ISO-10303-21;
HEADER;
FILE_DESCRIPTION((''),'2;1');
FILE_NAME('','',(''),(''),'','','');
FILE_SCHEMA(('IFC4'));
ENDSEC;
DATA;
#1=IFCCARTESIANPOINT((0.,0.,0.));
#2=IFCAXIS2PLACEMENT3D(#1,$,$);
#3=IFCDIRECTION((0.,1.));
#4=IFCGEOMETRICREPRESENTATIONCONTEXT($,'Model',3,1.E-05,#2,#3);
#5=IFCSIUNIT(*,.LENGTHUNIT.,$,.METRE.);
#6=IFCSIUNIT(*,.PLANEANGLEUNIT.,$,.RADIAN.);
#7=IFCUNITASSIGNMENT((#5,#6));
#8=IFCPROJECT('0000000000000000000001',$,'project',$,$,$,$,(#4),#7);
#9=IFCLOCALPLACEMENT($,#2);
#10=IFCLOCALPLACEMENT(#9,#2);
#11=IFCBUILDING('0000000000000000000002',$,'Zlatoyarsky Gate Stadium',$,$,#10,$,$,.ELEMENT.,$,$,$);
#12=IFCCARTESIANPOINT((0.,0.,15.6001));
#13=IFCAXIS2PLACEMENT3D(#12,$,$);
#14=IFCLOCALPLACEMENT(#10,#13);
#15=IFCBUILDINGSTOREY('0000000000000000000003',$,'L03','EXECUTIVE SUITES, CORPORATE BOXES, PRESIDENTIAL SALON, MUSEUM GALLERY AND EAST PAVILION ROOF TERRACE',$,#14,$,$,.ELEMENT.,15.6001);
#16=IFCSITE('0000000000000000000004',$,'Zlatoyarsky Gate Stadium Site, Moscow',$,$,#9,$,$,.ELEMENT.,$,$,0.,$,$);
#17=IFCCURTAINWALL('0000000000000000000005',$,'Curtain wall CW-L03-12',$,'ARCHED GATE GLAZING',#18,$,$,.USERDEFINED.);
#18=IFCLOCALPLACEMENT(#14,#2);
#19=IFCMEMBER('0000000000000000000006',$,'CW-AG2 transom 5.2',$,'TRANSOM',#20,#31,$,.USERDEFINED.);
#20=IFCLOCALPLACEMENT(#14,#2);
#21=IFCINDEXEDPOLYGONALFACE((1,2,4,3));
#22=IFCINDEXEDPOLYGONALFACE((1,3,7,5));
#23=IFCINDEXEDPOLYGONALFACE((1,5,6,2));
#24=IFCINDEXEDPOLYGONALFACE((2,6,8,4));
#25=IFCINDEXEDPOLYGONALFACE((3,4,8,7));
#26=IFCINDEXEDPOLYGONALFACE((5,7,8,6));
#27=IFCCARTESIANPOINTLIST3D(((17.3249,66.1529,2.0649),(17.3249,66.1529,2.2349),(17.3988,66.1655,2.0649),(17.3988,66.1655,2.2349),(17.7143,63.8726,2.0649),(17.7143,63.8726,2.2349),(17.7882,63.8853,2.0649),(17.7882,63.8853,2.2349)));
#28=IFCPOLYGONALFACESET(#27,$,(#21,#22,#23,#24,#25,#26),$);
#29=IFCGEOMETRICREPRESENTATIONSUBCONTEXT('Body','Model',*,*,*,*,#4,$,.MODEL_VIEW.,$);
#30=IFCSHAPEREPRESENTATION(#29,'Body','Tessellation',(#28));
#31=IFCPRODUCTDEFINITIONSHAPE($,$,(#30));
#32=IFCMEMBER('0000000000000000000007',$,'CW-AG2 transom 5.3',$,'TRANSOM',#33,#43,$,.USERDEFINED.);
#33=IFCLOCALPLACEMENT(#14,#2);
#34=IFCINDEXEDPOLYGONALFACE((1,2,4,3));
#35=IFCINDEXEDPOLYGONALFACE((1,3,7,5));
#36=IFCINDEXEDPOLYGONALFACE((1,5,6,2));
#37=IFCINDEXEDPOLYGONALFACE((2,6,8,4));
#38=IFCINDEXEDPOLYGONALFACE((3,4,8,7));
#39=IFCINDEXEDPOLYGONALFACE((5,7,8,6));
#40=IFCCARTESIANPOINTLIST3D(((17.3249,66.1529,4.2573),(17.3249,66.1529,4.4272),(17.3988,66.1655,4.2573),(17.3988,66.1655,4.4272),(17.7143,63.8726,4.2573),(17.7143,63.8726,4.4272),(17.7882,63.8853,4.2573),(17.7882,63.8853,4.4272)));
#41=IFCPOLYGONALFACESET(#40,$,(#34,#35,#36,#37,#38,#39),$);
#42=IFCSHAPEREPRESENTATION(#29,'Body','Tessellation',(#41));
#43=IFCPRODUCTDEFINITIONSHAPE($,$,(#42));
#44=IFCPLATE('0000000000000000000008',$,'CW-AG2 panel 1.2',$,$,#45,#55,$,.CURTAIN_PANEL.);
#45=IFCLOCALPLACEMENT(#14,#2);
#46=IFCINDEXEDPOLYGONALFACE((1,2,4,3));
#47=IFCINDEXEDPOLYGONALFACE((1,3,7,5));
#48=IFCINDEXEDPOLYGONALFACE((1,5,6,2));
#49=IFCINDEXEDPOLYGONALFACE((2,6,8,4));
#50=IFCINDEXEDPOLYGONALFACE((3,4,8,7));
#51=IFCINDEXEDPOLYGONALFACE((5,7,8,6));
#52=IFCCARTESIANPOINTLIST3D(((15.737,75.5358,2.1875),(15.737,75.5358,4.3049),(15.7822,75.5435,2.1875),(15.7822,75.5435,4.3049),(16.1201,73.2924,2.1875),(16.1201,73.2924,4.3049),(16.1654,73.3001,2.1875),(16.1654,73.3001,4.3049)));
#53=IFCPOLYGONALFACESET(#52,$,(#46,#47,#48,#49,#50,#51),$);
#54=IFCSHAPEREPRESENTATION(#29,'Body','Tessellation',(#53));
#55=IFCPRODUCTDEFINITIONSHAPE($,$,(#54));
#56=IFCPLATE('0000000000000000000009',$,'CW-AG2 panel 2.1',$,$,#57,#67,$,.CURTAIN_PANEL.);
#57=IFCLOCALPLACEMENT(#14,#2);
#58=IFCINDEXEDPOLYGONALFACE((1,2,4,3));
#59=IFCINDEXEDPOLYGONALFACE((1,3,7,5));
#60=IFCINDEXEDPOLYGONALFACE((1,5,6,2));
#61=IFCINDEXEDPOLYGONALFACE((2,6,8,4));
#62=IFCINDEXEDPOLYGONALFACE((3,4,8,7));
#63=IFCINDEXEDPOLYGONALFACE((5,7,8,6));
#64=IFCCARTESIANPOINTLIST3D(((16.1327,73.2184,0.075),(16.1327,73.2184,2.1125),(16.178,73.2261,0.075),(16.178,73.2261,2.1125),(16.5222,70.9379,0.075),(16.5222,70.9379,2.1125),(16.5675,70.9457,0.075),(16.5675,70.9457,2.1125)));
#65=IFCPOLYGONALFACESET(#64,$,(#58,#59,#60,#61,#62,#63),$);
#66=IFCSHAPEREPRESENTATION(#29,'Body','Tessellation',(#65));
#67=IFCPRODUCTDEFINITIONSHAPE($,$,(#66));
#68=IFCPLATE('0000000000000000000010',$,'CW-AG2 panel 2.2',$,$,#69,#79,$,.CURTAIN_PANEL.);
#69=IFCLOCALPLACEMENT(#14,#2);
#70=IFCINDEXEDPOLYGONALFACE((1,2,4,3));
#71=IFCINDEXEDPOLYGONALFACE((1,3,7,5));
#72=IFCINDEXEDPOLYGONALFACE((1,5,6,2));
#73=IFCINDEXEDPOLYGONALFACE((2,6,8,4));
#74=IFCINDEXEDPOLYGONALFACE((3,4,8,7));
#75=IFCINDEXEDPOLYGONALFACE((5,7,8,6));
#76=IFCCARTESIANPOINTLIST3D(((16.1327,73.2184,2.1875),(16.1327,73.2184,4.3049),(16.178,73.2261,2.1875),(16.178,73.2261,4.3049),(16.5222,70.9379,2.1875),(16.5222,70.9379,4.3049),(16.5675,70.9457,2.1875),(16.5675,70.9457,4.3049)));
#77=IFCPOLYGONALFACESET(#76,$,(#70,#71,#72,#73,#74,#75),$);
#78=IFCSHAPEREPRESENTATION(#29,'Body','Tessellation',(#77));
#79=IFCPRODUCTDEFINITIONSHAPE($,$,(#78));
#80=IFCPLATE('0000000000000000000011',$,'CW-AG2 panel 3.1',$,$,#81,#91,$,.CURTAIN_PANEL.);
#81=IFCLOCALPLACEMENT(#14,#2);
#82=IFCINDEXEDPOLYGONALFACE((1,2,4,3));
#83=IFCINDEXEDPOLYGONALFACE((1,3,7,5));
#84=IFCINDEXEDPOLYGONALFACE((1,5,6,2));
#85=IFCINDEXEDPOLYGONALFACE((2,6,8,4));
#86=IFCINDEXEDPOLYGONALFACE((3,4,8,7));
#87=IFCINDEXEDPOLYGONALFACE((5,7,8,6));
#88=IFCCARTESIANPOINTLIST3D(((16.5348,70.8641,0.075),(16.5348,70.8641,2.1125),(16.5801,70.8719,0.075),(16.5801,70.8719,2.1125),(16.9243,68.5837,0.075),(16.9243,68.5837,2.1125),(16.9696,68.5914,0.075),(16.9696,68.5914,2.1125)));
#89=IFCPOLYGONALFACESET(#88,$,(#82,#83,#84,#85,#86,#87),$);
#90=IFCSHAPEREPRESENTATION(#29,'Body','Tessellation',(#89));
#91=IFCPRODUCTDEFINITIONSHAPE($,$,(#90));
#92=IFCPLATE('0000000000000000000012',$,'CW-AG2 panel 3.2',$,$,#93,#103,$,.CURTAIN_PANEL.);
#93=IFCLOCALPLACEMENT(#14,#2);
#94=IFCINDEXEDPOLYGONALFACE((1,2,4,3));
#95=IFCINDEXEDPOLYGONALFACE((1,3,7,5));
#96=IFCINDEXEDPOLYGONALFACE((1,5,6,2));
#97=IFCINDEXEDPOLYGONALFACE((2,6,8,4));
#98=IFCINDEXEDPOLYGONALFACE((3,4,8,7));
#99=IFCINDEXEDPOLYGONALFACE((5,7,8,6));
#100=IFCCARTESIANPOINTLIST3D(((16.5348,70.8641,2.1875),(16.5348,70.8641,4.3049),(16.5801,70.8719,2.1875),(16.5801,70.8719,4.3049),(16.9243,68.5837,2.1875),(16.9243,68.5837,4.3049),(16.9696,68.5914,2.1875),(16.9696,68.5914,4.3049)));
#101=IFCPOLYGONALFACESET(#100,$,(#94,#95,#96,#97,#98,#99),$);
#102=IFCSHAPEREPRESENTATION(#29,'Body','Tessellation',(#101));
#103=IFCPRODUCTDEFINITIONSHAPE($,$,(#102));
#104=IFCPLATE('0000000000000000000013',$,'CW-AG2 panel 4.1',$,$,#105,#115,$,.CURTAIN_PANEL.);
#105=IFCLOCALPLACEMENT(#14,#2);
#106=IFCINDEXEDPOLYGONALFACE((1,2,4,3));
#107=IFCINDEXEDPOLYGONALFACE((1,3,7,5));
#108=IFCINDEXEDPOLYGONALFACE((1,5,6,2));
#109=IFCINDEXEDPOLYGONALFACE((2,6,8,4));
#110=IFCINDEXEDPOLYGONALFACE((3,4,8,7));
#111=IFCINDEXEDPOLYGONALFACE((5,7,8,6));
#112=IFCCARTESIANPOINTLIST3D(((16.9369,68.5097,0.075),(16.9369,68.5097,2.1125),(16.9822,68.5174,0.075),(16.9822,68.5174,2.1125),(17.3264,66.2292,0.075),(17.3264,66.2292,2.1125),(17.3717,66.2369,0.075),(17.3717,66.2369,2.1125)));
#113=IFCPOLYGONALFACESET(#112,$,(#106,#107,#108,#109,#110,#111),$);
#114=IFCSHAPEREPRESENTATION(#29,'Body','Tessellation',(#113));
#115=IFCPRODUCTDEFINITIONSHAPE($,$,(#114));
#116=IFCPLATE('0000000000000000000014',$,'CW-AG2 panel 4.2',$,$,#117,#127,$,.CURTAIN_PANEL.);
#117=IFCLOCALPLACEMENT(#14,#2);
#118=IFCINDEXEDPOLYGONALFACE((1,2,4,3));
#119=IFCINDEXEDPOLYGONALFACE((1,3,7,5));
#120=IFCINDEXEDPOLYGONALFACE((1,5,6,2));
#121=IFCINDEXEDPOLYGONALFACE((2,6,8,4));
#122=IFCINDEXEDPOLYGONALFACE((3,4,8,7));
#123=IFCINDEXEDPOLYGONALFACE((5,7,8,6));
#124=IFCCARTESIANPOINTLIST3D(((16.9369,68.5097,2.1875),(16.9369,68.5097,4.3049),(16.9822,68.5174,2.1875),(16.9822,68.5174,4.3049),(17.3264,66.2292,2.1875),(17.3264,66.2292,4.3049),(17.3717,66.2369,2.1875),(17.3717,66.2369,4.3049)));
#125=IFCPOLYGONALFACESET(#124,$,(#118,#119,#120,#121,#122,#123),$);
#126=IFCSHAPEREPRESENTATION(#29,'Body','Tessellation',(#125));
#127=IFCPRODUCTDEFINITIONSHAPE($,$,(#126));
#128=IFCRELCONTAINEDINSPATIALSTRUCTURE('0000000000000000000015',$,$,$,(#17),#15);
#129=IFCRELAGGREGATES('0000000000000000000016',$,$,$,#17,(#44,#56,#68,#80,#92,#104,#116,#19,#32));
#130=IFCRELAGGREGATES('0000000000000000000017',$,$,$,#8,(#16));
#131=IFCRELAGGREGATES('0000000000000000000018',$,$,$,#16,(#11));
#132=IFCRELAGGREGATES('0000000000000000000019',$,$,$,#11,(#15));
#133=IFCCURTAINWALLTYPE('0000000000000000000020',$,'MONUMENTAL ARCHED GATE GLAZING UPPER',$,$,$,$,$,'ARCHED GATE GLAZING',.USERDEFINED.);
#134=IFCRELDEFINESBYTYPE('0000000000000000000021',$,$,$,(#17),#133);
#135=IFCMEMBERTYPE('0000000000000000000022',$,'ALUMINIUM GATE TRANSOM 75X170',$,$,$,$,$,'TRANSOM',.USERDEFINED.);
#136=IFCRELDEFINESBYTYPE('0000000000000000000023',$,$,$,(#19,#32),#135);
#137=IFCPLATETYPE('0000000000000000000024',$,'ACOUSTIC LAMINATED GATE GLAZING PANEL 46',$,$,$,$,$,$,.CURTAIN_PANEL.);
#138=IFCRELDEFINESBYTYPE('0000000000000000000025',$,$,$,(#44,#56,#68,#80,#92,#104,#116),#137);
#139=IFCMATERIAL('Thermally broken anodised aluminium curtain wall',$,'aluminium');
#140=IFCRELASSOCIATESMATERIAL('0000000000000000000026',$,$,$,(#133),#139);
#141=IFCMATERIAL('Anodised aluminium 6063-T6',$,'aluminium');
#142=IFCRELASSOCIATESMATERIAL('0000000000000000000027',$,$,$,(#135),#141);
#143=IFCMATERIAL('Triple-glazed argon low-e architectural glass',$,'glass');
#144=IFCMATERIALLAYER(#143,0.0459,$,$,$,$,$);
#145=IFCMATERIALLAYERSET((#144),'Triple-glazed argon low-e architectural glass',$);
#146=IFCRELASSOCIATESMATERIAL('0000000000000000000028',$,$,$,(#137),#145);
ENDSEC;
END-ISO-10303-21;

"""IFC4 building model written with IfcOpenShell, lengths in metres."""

from ifc_helpers import new_model, si_unit, direction, frame, origin, origin_2d, place, context, subcontext, project, spatial, rectangle, extrude, material, layer, layer_set, material_profile, profile_set, type_object, element, aggregate, save


model = new_model("IFC4")

# Units and contexts
model_context = context("Model", 3, precision=1e-05, world=origin(), true_north=direction((0.0, 1.0)))
body_context = subcontext(model_context, "Body", "Model", "MODEL_VIEW")
ifc_project = project(units=[si_unit("LENGTHUNIT", "METRE"), si_unit("PLANEANGLEUNIT", "RADIAN")], contexts=[model_context])

# Site, building, storey
site_placement = place(None, origin())
site = spatial("IfcSite", under=ifc_project, at=site_placement, Name="Zlatoyarsky Gate Stadium Site, Moscow", CompositionType="ELEMENT", RefElevation=0.0)
building_placement = place(site_placement, origin())
building = spatial("IfcBuilding", under=site, at=building_placement, Name="Zlatoyarsky Gate Stadium", CompositionType="ELEMENT")
storey_placement = place(building_placement, frame((0.0, 0.0, 15.6001)))
storey = spatial("IfcBuildingStorey", under=building, at=storey_placement, Name="L03", Description="EXECUTIVE SUITES, CORPORATE BOXES, PRESIDENTIAL SALON, MUSEUM GALLERY AND EAST PAVILION ROOF TERRACE", CompositionType="ELEMENT", Elevation=15.6001)

# Curtain wall, members, plates
ifc_material_1 = material(Name="Thermally broken anodised aluminium curtain wall", Category="aluminium")
curtain_wall_type = type_object("IfcCurtainWallType", Name="MONUMENTAL ARCHED GATE GLAZING UPPER", ElementType="ARCHED GATE GLAZING", PredefinedType="USERDEFINED", material=ifc_material_1)
curtain_wall_placement = place(storey_placement, origin())
curtain_wall = element("IfcCurtainWall", 1, at=curtain_wall_placement, inside=storey, type_object=curtain_wall_type, Name="Curtain wall CW-L03-12", ObjectType="ARCHED GATE GLAZING", PredefinedType="USERDEFINED")
ifc_material_2 = material(Name="Anodised aluminium 6063-T6", Category="aluminium")
ifc_material_profile_1 = material_profile(ifc_material_2, rectangle(XDim=0.075, YDim=0.1699, at=origin_2d()), Name="ALU 75X170")
ifc_profile_set_1 = profile_set([ifc_material_profile_1], Name="Anodised aluminium 6063-T6")
member_type_1 = type_object("IfcMemberType", Name="ALUMINIUM GATE TRANSOM 75X170", ElementType="TRANSOM", PredefinedType="USERDEFINED", material=ifc_profile_set_1)
member_1_placement = place(storey_placement, frame((17.3618, 66.1592, 2.1499), z_axis=(0.168334, -0.98573, 0.0), x_axis=(0.98573, 0.168334, 0.0)))
member_1 = element("IfcMember", 2, at=member_1_placement, type_object=member_type_1, Name="CW-AG2 transom 5.2", ObjectType="TRANSOM", PredefinedType="USERDEFINED", context=body_context, shape_type="SweptSolid", body=[
    extrude(rectangle(XDim=0.075, YDim=0.1699, at=origin_2d()), origin(), (0.0, 0.0, 1.0), 2.3132),
])
member_2_placement = place(storey_placement, frame((17.3618, 66.1592, 4.3423), z_axis=(0.168334, -0.98573, 0.0), x_axis=(0.98573, 0.168334, 0.0)))
member_2 = element("IfcMember", 3, at=member_2_placement, type_object=member_type_1, Name="CW-AG2 transom 5.3", ObjectType="TRANSOM", PredefinedType="USERDEFINED", context=body_context, shape_type="SweptSolid", body=[
    extrude(rectangle(XDim=0.075, YDim=0.1699, at=origin_2d()), origin(), (0.0, 0.0, 1.0), 2.3132),
])
ifc_material_3 = material(Name="Triple-glazed argon low-e architectural glass", Category="glass")
ifc_layer = layer(ifc_material_3, 0.0459)
ifc_layer_set = layer_set([ifc_layer], Name="Triple-glazed argon low-e architectural glass")
plate_type = type_object("IfcPlateType", Name="ACOUSTIC LAMINATED GATE GLAZING PANEL 46", PredefinedType="CURTAIN_PANEL", material=ifc_layer_set)
plate_1_placement = place(storey_placement, frame((15.9512, 74.418, 2.1875), z_axis=(0.0, 0.0, 1.0), x_axis=(0.168354, -0.985727, 0.0)))
plate_1 = element("IfcPlate", 4, at=plate_1_placement, type_object=plate_type, Name="CW-AG2 panel 1.2", PredefinedType="CURTAIN_PANEL", context=body_context, shape_type="SweptSolid", body=[
    extrude(rectangle(XDim=2.2759, YDim=0.0459, at=origin_2d()), origin(), (0.0, 0.0, 1.0), 2.1174),
])
plate_2_placement = place(storey_placement, frame((16.3501, 72.082, 0.075), z_axis=(0.0, 0.0, 1.0), x_axis=(0.168354, -0.985727, 0.0)))
plate_2 = element("IfcPlate", 5, at=plate_2_placement, type_object=plate_type, Name="CW-AG2 panel 2.1", PredefinedType="CURTAIN_PANEL", context=body_context, shape_type="SweptSolid", body=[
    extrude(rectangle(XDim=2.3135, YDim=0.0459, at=origin_2d()), origin(), (0.0, 0.0, 1.0), 2.0376),
])
plate_3_placement = place(storey_placement, frame((16.3501, 72.082, 2.1875), z_axis=(0.0, 0.0, 1.0), x_axis=(0.168354, -0.985727, 0.0)))
plate_3 = element("IfcPlate", 6, at=plate_3_placement, type_object=plate_type, Name="CW-AG2 panel 2.2", PredefinedType="CURTAIN_PANEL", context=body_context, shape_type="SweptSolid", body=[
    extrude(rectangle(XDim=2.3135, YDim=0.0459, at=origin_2d()), origin(), (0.0, 0.0, 1.0), 2.1174),
])
plate_4_placement = place(storey_placement, frame((16.7522, 69.7278, 0.075), z_axis=(0.0, 0.0, 1.0), x_axis=(0.168354, -0.985727, 0.0)))
plate_4 = element("IfcPlate", 7, at=plate_4_placement, type_object=plate_type, Name="CW-AG2 panel 3.1", PredefinedType="CURTAIN_PANEL", context=body_context, shape_type="SweptSolid", body=[
    extrude(rectangle(XDim=2.3135, YDim=0.0459, at=origin_2d()), origin(), (0.0, 0.0, 1.0), 2.0376),
])
plate_5_placement = place(storey_placement, frame((16.7522, 69.7278, 2.1875), z_axis=(0.0, 0.0, 1.0), x_axis=(0.168354, -0.985727, 0.0)))
plate_5 = element("IfcPlate", 8, at=plate_5_placement, type_object=plate_type, Name="CW-AG2 panel 3.2", PredefinedType="CURTAIN_PANEL", context=body_context, shape_type="SweptSolid", body=[
    extrude(rectangle(XDim=2.3135, YDim=0.0459, at=origin_2d()), origin(), (0.0, 0.0, 1.0), 2.1174),
])
plate_6_placement = place(storey_placement, frame((17.1543, 67.3733, 0.075), z_axis=(0.0, 0.0, 1.0), x_axis=(0.168354, -0.985727, 0.0)))
plate_6 = element("IfcPlate", 9, at=plate_6_placement, type_object=plate_type, Name="CW-AG2 panel 4.1", PredefinedType="CURTAIN_PANEL", context=body_context, shape_type="SweptSolid", body=[
    extrude(rectangle(XDim=2.3135, YDim=0.0459, at=origin_2d()), origin(), (0.0, 0.0, 1.0), 2.0376),
])
plate_7_placement = place(storey_placement, frame((17.1543, 67.3733, 2.1875), z_axis=(0.0, 0.0, 1.0), x_axis=(0.168354, -0.985727, 0.0)))
plate_7 = element("IfcPlate", 10, at=plate_7_placement, type_object=plate_type, Name="CW-AG2 panel 4.2", PredefinedType="CURTAIN_PANEL", context=body_context, shape_type="SweptSolid", body=[
    extrude(rectangle(XDim=2.3135, YDim=0.0459, at=origin_2d()), origin(), (0.0, 0.0, 1.0), 2.1174),
])
aggregate(curtain_wall, [plate_1, plate_2, plate_3, plate_4, plate_5, plate_6, plate_7, member_1, member_2])

save(model, "model.ifc")
